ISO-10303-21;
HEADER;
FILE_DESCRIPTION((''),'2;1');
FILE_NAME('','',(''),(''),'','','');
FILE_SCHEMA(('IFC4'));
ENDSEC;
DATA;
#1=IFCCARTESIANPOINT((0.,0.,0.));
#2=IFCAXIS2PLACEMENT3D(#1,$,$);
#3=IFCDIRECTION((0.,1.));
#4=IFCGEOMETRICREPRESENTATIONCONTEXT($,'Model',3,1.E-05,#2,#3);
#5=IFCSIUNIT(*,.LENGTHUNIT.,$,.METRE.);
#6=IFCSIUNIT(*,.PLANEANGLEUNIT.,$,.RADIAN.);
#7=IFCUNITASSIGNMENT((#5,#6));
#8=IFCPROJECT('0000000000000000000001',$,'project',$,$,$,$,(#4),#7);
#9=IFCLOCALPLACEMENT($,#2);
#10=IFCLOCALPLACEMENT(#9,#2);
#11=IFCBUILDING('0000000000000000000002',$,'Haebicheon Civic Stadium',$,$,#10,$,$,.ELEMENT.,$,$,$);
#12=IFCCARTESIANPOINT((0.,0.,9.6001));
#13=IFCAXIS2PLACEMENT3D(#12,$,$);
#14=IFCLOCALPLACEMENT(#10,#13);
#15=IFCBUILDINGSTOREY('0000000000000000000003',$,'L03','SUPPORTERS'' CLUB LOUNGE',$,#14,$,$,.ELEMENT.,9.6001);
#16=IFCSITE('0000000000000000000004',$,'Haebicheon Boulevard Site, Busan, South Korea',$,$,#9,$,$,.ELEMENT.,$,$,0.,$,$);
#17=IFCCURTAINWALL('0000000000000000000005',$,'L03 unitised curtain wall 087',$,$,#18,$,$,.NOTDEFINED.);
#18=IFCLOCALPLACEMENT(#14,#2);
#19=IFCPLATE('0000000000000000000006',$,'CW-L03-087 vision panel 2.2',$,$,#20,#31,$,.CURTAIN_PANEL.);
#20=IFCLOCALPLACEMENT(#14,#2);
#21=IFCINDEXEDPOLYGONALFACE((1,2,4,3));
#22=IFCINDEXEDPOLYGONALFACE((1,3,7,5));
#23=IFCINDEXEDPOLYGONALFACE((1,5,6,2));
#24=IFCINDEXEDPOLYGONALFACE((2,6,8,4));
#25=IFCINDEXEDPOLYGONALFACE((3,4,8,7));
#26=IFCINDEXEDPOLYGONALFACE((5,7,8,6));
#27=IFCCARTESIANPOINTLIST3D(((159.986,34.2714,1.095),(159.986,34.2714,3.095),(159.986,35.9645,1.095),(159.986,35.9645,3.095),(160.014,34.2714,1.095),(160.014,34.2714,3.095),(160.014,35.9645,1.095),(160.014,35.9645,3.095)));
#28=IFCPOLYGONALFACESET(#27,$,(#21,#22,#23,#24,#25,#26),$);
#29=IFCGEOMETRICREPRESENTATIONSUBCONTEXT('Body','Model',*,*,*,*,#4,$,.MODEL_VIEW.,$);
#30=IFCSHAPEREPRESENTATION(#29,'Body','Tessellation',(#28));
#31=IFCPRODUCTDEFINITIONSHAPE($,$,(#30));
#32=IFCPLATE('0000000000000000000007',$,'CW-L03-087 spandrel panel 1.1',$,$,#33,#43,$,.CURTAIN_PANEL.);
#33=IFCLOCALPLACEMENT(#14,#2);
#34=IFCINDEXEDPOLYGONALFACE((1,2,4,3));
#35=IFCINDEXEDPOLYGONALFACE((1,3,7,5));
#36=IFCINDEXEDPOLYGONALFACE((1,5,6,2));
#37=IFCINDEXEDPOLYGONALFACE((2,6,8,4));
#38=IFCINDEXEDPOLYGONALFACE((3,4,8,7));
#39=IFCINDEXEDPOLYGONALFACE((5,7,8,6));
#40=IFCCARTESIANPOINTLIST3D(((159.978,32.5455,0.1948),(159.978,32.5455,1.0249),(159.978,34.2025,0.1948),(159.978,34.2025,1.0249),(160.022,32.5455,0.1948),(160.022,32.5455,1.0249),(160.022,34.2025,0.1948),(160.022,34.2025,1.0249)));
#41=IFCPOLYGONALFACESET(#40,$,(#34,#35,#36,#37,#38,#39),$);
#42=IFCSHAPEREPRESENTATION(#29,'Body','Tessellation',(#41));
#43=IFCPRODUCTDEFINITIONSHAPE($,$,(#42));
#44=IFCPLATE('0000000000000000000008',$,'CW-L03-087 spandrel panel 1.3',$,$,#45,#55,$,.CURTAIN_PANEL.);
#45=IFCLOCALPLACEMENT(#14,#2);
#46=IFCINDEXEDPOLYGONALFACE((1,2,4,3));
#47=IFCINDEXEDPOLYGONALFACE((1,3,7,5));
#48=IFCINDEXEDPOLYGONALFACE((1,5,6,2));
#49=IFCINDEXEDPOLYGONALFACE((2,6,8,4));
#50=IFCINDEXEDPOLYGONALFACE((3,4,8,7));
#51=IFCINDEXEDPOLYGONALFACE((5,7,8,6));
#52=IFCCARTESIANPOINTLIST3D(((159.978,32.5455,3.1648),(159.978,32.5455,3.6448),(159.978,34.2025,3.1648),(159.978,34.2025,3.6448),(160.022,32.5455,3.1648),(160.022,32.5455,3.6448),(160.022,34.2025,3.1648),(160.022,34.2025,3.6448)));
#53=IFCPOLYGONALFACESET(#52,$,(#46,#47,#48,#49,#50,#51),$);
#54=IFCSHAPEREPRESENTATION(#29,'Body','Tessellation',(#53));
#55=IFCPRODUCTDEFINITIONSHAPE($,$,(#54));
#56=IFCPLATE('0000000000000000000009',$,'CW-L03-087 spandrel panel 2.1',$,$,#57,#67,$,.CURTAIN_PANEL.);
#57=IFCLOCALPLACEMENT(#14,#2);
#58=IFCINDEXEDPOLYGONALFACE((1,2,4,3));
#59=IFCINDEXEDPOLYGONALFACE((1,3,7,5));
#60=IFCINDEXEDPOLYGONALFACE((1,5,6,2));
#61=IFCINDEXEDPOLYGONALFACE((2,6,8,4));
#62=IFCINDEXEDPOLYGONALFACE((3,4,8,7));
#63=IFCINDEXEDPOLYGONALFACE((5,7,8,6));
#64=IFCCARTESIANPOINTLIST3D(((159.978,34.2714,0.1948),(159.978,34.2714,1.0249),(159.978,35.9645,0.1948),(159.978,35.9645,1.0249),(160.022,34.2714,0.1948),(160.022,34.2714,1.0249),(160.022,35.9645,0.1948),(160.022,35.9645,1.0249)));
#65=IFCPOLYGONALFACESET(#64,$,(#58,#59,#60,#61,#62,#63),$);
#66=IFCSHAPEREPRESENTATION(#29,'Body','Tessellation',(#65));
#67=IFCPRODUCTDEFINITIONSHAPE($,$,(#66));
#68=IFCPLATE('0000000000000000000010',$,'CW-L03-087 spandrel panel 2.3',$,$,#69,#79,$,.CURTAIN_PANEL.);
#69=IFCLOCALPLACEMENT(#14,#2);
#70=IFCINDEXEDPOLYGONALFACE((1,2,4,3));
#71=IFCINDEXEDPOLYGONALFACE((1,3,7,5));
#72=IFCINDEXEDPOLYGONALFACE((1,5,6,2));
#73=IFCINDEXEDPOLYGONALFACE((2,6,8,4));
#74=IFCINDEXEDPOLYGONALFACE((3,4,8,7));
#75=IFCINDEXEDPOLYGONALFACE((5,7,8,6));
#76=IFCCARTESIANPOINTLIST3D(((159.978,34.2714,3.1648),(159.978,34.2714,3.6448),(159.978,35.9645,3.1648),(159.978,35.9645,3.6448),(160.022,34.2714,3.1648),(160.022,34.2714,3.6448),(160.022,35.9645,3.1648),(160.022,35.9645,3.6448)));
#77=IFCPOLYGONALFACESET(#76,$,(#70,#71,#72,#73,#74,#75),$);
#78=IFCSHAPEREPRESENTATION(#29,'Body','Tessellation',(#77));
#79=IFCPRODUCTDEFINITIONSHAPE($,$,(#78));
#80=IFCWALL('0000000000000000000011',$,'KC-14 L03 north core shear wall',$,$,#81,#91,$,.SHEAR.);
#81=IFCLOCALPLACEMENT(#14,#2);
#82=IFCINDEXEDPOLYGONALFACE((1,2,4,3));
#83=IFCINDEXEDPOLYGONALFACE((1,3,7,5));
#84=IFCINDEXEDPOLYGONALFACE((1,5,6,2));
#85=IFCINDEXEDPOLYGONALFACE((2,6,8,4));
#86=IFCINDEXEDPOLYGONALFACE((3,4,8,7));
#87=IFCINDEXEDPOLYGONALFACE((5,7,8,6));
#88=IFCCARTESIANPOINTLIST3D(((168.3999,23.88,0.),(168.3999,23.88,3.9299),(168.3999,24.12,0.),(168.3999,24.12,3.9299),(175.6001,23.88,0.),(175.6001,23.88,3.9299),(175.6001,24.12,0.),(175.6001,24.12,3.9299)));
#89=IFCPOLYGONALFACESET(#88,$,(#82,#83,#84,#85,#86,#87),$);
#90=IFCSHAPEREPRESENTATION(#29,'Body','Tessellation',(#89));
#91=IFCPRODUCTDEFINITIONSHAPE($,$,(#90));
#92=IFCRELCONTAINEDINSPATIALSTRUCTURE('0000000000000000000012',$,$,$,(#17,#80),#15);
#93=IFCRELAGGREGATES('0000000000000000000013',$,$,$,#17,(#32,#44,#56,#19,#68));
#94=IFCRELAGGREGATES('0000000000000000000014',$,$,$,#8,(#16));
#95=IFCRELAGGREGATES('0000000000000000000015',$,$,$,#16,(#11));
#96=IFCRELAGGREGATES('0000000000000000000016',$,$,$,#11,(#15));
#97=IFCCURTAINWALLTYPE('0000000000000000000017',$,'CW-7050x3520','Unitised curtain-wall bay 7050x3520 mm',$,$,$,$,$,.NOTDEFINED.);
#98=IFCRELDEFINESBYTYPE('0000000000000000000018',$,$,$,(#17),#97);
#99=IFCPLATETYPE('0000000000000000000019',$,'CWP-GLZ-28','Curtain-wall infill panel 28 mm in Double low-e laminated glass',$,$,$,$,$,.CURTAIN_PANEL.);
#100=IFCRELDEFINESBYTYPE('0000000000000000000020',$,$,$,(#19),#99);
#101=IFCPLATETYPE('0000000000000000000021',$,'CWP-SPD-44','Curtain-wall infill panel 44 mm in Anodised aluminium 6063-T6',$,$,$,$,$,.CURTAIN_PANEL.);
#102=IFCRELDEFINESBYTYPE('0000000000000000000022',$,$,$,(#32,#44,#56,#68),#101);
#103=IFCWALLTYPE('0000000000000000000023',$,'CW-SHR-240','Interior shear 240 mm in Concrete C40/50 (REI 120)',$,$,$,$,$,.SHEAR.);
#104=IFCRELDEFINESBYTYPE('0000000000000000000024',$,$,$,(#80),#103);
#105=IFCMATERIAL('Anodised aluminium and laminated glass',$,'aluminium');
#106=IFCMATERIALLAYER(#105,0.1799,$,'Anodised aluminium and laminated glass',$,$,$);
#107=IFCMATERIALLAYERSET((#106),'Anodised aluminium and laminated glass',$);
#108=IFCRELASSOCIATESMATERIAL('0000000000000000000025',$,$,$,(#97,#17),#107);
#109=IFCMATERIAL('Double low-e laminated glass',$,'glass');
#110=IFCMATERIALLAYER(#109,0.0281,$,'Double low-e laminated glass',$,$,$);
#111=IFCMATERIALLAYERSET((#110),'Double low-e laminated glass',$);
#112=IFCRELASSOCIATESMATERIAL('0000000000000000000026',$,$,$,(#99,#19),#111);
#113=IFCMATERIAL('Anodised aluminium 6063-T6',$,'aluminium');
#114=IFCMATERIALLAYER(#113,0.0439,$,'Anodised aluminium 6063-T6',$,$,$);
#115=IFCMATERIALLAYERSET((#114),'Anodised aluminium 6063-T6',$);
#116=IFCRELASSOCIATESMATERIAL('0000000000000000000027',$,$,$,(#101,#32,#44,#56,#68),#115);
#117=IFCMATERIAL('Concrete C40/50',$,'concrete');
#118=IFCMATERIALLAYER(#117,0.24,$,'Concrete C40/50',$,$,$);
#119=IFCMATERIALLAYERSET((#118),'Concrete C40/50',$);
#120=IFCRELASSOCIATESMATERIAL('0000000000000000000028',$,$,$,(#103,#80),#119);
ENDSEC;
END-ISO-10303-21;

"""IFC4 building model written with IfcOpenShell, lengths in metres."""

from ifc_helpers import new_model, si_unit, direction, frame, frame_2d, origin, origin_2d, place, context, subcontext, project, spatial, rectangle, extrude, material, layer, layer_set, type_object, element, aggregate, save


model = new_model("IFC4")

# Units and contexts
model_context = context("Model", 3, precision=1e-05, world=origin(), true_north=direction((0.0, 1.0)))
body_context = subcontext(model_context, "Body", "Model", "MODEL_VIEW")
ifc_project = project(units=[si_unit("LENGTHUNIT", "METRE"), si_unit("PLANEANGLEUNIT", "RADIAN")], contexts=[model_context])

# Site, building, storey
site_placement = place(None, origin())
site = spatial("IfcSite", under=ifc_project, at=site_placement, Name="Haebicheon Boulevard Site, Busan, South Korea", CompositionType="ELEMENT", RefElevation=0.0)
building_placement = place(site_placement, origin())
building = spatial("IfcBuilding", under=site, at=building_placement, Name="Haebicheon Civic Stadium", CompositionType="ELEMENT")
storey_placement = place(building_placement, frame((0.0, 0.0, 9.6001)))
storey = spatial("IfcBuildingStorey", under=building, at=storey_placement, Name="L03", Description="SUPPORTERS' CLUB LOUNGE", CompositionType="ELEMENT", Elevation=9.6001)

# Curtain wall
ifc_material_1 = material(Name="Anodised aluminium and laminated glass", Category="aluminium")
ifc_layer_1 = layer(ifc_material_1, 0.1799, Name="Anodised aluminium and laminated glass")
ifc_layer_set_1 = layer_set([ifc_layer_1], Name="Anodised aluminium and laminated glass")
curtain_wall_type = type_object("IfcCurtainWallType", Name="CW-7050x3520", Description="Unitised curtain-wall bay 7050x3520 mm", PredefinedType="NOTDEFINED", material=ifc_layer_set_1)
curtain_wall_placement = place(storey_placement, origin())
curtain_wall = element("IfcCurtainWall", 1, at=curtain_wall_placement, inside=storey, type_object=curtain_wall_type, material=ifc_layer_set_1, Name="L03 unitised curtain wall 087", PredefinedType="NOTDEFINED")

# Plates
ifc_material_2 = material(Name="Double low-e laminated glass", Category="glass")
ifc_layer_2 = layer(ifc_material_2, 0.0281, Name="Double low-e laminated glass")
ifc_layer_set_2 = layer_set([ifc_layer_2], Name="Double low-e laminated glass")
plate_type_1 = type_object("IfcPlateType", Name="CWP-GLZ-28", Description="Curtain-wall infill panel 28 mm in Double low-e laminated glass", PredefinedType="CURTAIN_PANEL", material=ifc_layer_set_2)
plate_1_placement = place(storey_placement, frame((160.0, 35.1179, 1.095), z_axis=(0.0, 0.0, 1.0), x_axis=(0.0, 1.0, 0.0)))
plate_1 = element("IfcPlate", 2, at=plate_1_placement, type_object=plate_type_1, material=ifc_layer_set_2, Name="CW-L03-087 vision panel 2.2", PredefinedType="CURTAIN_PANEL", context=body_context, shape_type="SweptSolid", body=[
    extrude(rectangle(XDim=1.6931, YDim=0.0281, at=origin_2d()), origin(), (0.0, 0.0, 1.0), 2.0),
])
ifc_material_3 = material(Name="Anodised aluminium 6063-T6", Category="aluminium")
ifc_layer_3 = layer(ifc_material_3, 0.0439, Name="Anodised aluminium 6063-T6")
ifc_layer_set_3 = layer_set([ifc_layer_3], Name="Anodised aluminium 6063-T6")
plate_type_2 = type_object("IfcPlateType", Name="CWP-SPD-44", Description="Curtain-wall infill panel 44 mm in Anodised aluminium 6063-T6", PredefinedType="CURTAIN_PANEL", material=ifc_layer_set_3)
plate_2_placement = place(storey_placement, frame((160.0, 33.374, 0.1948), z_axis=(0.0, 0.0, 1.0), x_axis=(0.0, 1.0, 0.0)))
plate_2 = element("IfcPlate", 3, at=plate_2_placement, type_object=plate_type_2, material=ifc_layer_set_3, Name="CW-L03-087 spandrel panel 1.1", PredefinedType="CURTAIN_PANEL", context=body_context, shape_type="SweptSolid", body=[
    extrude(rectangle(XDim=1.657, YDim=0.0439, at=origin_2d()), origin(), (0.0, 0.0, 1.0), 0.8301),
])
plate_3_placement = place(storey_placement, frame((160.0, 33.374, 3.1648), z_axis=(0.0, 0.0, 1.0), x_axis=(0.0, 1.0, 0.0)))
plate_3 = element("IfcPlate", 4, at=plate_3_placement, type_object=plate_type_2, material=ifc_layer_set_3, Name="CW-L03-087 spandrel panel 1.3", PredefinedType="CURTAIN_PANEL", context=body_context, shape_type="SweptSolid", body=[
    extrude(rectangle(XDim=1.657, YDim=0.0439, at=origin_2d()), origin(), (0.0, 0.0, 1.0), 0.48),
])
plate_4_placement = place(storey_placement, frame((160.0, 35.1179, 0.1948), z_axis=(0.0, 0.0, 1.0), x_axis=(0.0, 1.0, 0.0)))
plate_4 = element("IfcPlate", 5, at=plate_4_placement, type_object=plate_type_2, material=ifc_layer_set_3, Name="CW-L03-087 spandrel panel 2.1", PredefinedType="CURTAIN_PANEL", context=body_context, shape_type="SweptSolid", body=[
    extrude(rectangle(XDim=1.6931, YDim=0.0439, at=origin_2d()), origin(), (0.0, 0.0, 1.0), 0.8301),
])
plate_5_placement = place(storey_placement, frame((160.0, 35.1179, 3.1648), z_axis=(0.0, 0.0, 1.0), x_axis=(0.0, 1.0, 0.0)))
plate_5 = element("IfcPlate", 6, at=plate_5_placement, type_object=plate_type_2, material=ifc_layer_set_3, Name="CW-L03-087 spandrel panel 2.3", PredefinedType="CURTAIN_PANEL", context=body_context, shape_type="SweptSolid", body=[
    extrude(rectangle(XDim=1.6931, YDim=0.0439, at=origin_2d()), origin(), (0.0, 0.0, 1.0), 0.48),
])
aggregate(curtain_wall, [plate_2, plate_3, plate_4, plate_1, plate_5])

# Wall
ifc_material_4 = material(Name="Concrete C40/50", Category="concrete")
ifc_layer_4 = layer(ifc_material_4, 0.24, Name="Concrete C40/50")
ifc_layer_set_4 = layer_set([ifc_layer_4], Name="Concrete C40/50")
wall_type_1 = type_object("IfcWallType", Name="CW-SHR-240", Description="Interior shear 240 mm in Concrete C40/50 (REI 120)", PredefinedType="SHEAR", material=ifc_layer_set_4)
wall_1_placement = place(storey_placement, frame((168.3999, 24.0, 0.0), z_axis=(0.0, 0.0, 1.0), x_axis=(1.0, 0.0, 0.0)))
element("IfcWall", 7, at=wall_1_placement, inside=storey, type_object=wall_type_1, material=ifc_layer_set_4, Name="KC-14 L03 north core shear wall", PredefinedType="SHEAR", context=body_context, shape_type="SweptSolid", body=[
    extrude(rectangle(XDim=7.2002, YDim=0.24, at=frame_2d((3.6001, 0.0))), origin(), (0.0, 0.0, 1.0), 3.9299),
])

save(model, "model.ifc")
